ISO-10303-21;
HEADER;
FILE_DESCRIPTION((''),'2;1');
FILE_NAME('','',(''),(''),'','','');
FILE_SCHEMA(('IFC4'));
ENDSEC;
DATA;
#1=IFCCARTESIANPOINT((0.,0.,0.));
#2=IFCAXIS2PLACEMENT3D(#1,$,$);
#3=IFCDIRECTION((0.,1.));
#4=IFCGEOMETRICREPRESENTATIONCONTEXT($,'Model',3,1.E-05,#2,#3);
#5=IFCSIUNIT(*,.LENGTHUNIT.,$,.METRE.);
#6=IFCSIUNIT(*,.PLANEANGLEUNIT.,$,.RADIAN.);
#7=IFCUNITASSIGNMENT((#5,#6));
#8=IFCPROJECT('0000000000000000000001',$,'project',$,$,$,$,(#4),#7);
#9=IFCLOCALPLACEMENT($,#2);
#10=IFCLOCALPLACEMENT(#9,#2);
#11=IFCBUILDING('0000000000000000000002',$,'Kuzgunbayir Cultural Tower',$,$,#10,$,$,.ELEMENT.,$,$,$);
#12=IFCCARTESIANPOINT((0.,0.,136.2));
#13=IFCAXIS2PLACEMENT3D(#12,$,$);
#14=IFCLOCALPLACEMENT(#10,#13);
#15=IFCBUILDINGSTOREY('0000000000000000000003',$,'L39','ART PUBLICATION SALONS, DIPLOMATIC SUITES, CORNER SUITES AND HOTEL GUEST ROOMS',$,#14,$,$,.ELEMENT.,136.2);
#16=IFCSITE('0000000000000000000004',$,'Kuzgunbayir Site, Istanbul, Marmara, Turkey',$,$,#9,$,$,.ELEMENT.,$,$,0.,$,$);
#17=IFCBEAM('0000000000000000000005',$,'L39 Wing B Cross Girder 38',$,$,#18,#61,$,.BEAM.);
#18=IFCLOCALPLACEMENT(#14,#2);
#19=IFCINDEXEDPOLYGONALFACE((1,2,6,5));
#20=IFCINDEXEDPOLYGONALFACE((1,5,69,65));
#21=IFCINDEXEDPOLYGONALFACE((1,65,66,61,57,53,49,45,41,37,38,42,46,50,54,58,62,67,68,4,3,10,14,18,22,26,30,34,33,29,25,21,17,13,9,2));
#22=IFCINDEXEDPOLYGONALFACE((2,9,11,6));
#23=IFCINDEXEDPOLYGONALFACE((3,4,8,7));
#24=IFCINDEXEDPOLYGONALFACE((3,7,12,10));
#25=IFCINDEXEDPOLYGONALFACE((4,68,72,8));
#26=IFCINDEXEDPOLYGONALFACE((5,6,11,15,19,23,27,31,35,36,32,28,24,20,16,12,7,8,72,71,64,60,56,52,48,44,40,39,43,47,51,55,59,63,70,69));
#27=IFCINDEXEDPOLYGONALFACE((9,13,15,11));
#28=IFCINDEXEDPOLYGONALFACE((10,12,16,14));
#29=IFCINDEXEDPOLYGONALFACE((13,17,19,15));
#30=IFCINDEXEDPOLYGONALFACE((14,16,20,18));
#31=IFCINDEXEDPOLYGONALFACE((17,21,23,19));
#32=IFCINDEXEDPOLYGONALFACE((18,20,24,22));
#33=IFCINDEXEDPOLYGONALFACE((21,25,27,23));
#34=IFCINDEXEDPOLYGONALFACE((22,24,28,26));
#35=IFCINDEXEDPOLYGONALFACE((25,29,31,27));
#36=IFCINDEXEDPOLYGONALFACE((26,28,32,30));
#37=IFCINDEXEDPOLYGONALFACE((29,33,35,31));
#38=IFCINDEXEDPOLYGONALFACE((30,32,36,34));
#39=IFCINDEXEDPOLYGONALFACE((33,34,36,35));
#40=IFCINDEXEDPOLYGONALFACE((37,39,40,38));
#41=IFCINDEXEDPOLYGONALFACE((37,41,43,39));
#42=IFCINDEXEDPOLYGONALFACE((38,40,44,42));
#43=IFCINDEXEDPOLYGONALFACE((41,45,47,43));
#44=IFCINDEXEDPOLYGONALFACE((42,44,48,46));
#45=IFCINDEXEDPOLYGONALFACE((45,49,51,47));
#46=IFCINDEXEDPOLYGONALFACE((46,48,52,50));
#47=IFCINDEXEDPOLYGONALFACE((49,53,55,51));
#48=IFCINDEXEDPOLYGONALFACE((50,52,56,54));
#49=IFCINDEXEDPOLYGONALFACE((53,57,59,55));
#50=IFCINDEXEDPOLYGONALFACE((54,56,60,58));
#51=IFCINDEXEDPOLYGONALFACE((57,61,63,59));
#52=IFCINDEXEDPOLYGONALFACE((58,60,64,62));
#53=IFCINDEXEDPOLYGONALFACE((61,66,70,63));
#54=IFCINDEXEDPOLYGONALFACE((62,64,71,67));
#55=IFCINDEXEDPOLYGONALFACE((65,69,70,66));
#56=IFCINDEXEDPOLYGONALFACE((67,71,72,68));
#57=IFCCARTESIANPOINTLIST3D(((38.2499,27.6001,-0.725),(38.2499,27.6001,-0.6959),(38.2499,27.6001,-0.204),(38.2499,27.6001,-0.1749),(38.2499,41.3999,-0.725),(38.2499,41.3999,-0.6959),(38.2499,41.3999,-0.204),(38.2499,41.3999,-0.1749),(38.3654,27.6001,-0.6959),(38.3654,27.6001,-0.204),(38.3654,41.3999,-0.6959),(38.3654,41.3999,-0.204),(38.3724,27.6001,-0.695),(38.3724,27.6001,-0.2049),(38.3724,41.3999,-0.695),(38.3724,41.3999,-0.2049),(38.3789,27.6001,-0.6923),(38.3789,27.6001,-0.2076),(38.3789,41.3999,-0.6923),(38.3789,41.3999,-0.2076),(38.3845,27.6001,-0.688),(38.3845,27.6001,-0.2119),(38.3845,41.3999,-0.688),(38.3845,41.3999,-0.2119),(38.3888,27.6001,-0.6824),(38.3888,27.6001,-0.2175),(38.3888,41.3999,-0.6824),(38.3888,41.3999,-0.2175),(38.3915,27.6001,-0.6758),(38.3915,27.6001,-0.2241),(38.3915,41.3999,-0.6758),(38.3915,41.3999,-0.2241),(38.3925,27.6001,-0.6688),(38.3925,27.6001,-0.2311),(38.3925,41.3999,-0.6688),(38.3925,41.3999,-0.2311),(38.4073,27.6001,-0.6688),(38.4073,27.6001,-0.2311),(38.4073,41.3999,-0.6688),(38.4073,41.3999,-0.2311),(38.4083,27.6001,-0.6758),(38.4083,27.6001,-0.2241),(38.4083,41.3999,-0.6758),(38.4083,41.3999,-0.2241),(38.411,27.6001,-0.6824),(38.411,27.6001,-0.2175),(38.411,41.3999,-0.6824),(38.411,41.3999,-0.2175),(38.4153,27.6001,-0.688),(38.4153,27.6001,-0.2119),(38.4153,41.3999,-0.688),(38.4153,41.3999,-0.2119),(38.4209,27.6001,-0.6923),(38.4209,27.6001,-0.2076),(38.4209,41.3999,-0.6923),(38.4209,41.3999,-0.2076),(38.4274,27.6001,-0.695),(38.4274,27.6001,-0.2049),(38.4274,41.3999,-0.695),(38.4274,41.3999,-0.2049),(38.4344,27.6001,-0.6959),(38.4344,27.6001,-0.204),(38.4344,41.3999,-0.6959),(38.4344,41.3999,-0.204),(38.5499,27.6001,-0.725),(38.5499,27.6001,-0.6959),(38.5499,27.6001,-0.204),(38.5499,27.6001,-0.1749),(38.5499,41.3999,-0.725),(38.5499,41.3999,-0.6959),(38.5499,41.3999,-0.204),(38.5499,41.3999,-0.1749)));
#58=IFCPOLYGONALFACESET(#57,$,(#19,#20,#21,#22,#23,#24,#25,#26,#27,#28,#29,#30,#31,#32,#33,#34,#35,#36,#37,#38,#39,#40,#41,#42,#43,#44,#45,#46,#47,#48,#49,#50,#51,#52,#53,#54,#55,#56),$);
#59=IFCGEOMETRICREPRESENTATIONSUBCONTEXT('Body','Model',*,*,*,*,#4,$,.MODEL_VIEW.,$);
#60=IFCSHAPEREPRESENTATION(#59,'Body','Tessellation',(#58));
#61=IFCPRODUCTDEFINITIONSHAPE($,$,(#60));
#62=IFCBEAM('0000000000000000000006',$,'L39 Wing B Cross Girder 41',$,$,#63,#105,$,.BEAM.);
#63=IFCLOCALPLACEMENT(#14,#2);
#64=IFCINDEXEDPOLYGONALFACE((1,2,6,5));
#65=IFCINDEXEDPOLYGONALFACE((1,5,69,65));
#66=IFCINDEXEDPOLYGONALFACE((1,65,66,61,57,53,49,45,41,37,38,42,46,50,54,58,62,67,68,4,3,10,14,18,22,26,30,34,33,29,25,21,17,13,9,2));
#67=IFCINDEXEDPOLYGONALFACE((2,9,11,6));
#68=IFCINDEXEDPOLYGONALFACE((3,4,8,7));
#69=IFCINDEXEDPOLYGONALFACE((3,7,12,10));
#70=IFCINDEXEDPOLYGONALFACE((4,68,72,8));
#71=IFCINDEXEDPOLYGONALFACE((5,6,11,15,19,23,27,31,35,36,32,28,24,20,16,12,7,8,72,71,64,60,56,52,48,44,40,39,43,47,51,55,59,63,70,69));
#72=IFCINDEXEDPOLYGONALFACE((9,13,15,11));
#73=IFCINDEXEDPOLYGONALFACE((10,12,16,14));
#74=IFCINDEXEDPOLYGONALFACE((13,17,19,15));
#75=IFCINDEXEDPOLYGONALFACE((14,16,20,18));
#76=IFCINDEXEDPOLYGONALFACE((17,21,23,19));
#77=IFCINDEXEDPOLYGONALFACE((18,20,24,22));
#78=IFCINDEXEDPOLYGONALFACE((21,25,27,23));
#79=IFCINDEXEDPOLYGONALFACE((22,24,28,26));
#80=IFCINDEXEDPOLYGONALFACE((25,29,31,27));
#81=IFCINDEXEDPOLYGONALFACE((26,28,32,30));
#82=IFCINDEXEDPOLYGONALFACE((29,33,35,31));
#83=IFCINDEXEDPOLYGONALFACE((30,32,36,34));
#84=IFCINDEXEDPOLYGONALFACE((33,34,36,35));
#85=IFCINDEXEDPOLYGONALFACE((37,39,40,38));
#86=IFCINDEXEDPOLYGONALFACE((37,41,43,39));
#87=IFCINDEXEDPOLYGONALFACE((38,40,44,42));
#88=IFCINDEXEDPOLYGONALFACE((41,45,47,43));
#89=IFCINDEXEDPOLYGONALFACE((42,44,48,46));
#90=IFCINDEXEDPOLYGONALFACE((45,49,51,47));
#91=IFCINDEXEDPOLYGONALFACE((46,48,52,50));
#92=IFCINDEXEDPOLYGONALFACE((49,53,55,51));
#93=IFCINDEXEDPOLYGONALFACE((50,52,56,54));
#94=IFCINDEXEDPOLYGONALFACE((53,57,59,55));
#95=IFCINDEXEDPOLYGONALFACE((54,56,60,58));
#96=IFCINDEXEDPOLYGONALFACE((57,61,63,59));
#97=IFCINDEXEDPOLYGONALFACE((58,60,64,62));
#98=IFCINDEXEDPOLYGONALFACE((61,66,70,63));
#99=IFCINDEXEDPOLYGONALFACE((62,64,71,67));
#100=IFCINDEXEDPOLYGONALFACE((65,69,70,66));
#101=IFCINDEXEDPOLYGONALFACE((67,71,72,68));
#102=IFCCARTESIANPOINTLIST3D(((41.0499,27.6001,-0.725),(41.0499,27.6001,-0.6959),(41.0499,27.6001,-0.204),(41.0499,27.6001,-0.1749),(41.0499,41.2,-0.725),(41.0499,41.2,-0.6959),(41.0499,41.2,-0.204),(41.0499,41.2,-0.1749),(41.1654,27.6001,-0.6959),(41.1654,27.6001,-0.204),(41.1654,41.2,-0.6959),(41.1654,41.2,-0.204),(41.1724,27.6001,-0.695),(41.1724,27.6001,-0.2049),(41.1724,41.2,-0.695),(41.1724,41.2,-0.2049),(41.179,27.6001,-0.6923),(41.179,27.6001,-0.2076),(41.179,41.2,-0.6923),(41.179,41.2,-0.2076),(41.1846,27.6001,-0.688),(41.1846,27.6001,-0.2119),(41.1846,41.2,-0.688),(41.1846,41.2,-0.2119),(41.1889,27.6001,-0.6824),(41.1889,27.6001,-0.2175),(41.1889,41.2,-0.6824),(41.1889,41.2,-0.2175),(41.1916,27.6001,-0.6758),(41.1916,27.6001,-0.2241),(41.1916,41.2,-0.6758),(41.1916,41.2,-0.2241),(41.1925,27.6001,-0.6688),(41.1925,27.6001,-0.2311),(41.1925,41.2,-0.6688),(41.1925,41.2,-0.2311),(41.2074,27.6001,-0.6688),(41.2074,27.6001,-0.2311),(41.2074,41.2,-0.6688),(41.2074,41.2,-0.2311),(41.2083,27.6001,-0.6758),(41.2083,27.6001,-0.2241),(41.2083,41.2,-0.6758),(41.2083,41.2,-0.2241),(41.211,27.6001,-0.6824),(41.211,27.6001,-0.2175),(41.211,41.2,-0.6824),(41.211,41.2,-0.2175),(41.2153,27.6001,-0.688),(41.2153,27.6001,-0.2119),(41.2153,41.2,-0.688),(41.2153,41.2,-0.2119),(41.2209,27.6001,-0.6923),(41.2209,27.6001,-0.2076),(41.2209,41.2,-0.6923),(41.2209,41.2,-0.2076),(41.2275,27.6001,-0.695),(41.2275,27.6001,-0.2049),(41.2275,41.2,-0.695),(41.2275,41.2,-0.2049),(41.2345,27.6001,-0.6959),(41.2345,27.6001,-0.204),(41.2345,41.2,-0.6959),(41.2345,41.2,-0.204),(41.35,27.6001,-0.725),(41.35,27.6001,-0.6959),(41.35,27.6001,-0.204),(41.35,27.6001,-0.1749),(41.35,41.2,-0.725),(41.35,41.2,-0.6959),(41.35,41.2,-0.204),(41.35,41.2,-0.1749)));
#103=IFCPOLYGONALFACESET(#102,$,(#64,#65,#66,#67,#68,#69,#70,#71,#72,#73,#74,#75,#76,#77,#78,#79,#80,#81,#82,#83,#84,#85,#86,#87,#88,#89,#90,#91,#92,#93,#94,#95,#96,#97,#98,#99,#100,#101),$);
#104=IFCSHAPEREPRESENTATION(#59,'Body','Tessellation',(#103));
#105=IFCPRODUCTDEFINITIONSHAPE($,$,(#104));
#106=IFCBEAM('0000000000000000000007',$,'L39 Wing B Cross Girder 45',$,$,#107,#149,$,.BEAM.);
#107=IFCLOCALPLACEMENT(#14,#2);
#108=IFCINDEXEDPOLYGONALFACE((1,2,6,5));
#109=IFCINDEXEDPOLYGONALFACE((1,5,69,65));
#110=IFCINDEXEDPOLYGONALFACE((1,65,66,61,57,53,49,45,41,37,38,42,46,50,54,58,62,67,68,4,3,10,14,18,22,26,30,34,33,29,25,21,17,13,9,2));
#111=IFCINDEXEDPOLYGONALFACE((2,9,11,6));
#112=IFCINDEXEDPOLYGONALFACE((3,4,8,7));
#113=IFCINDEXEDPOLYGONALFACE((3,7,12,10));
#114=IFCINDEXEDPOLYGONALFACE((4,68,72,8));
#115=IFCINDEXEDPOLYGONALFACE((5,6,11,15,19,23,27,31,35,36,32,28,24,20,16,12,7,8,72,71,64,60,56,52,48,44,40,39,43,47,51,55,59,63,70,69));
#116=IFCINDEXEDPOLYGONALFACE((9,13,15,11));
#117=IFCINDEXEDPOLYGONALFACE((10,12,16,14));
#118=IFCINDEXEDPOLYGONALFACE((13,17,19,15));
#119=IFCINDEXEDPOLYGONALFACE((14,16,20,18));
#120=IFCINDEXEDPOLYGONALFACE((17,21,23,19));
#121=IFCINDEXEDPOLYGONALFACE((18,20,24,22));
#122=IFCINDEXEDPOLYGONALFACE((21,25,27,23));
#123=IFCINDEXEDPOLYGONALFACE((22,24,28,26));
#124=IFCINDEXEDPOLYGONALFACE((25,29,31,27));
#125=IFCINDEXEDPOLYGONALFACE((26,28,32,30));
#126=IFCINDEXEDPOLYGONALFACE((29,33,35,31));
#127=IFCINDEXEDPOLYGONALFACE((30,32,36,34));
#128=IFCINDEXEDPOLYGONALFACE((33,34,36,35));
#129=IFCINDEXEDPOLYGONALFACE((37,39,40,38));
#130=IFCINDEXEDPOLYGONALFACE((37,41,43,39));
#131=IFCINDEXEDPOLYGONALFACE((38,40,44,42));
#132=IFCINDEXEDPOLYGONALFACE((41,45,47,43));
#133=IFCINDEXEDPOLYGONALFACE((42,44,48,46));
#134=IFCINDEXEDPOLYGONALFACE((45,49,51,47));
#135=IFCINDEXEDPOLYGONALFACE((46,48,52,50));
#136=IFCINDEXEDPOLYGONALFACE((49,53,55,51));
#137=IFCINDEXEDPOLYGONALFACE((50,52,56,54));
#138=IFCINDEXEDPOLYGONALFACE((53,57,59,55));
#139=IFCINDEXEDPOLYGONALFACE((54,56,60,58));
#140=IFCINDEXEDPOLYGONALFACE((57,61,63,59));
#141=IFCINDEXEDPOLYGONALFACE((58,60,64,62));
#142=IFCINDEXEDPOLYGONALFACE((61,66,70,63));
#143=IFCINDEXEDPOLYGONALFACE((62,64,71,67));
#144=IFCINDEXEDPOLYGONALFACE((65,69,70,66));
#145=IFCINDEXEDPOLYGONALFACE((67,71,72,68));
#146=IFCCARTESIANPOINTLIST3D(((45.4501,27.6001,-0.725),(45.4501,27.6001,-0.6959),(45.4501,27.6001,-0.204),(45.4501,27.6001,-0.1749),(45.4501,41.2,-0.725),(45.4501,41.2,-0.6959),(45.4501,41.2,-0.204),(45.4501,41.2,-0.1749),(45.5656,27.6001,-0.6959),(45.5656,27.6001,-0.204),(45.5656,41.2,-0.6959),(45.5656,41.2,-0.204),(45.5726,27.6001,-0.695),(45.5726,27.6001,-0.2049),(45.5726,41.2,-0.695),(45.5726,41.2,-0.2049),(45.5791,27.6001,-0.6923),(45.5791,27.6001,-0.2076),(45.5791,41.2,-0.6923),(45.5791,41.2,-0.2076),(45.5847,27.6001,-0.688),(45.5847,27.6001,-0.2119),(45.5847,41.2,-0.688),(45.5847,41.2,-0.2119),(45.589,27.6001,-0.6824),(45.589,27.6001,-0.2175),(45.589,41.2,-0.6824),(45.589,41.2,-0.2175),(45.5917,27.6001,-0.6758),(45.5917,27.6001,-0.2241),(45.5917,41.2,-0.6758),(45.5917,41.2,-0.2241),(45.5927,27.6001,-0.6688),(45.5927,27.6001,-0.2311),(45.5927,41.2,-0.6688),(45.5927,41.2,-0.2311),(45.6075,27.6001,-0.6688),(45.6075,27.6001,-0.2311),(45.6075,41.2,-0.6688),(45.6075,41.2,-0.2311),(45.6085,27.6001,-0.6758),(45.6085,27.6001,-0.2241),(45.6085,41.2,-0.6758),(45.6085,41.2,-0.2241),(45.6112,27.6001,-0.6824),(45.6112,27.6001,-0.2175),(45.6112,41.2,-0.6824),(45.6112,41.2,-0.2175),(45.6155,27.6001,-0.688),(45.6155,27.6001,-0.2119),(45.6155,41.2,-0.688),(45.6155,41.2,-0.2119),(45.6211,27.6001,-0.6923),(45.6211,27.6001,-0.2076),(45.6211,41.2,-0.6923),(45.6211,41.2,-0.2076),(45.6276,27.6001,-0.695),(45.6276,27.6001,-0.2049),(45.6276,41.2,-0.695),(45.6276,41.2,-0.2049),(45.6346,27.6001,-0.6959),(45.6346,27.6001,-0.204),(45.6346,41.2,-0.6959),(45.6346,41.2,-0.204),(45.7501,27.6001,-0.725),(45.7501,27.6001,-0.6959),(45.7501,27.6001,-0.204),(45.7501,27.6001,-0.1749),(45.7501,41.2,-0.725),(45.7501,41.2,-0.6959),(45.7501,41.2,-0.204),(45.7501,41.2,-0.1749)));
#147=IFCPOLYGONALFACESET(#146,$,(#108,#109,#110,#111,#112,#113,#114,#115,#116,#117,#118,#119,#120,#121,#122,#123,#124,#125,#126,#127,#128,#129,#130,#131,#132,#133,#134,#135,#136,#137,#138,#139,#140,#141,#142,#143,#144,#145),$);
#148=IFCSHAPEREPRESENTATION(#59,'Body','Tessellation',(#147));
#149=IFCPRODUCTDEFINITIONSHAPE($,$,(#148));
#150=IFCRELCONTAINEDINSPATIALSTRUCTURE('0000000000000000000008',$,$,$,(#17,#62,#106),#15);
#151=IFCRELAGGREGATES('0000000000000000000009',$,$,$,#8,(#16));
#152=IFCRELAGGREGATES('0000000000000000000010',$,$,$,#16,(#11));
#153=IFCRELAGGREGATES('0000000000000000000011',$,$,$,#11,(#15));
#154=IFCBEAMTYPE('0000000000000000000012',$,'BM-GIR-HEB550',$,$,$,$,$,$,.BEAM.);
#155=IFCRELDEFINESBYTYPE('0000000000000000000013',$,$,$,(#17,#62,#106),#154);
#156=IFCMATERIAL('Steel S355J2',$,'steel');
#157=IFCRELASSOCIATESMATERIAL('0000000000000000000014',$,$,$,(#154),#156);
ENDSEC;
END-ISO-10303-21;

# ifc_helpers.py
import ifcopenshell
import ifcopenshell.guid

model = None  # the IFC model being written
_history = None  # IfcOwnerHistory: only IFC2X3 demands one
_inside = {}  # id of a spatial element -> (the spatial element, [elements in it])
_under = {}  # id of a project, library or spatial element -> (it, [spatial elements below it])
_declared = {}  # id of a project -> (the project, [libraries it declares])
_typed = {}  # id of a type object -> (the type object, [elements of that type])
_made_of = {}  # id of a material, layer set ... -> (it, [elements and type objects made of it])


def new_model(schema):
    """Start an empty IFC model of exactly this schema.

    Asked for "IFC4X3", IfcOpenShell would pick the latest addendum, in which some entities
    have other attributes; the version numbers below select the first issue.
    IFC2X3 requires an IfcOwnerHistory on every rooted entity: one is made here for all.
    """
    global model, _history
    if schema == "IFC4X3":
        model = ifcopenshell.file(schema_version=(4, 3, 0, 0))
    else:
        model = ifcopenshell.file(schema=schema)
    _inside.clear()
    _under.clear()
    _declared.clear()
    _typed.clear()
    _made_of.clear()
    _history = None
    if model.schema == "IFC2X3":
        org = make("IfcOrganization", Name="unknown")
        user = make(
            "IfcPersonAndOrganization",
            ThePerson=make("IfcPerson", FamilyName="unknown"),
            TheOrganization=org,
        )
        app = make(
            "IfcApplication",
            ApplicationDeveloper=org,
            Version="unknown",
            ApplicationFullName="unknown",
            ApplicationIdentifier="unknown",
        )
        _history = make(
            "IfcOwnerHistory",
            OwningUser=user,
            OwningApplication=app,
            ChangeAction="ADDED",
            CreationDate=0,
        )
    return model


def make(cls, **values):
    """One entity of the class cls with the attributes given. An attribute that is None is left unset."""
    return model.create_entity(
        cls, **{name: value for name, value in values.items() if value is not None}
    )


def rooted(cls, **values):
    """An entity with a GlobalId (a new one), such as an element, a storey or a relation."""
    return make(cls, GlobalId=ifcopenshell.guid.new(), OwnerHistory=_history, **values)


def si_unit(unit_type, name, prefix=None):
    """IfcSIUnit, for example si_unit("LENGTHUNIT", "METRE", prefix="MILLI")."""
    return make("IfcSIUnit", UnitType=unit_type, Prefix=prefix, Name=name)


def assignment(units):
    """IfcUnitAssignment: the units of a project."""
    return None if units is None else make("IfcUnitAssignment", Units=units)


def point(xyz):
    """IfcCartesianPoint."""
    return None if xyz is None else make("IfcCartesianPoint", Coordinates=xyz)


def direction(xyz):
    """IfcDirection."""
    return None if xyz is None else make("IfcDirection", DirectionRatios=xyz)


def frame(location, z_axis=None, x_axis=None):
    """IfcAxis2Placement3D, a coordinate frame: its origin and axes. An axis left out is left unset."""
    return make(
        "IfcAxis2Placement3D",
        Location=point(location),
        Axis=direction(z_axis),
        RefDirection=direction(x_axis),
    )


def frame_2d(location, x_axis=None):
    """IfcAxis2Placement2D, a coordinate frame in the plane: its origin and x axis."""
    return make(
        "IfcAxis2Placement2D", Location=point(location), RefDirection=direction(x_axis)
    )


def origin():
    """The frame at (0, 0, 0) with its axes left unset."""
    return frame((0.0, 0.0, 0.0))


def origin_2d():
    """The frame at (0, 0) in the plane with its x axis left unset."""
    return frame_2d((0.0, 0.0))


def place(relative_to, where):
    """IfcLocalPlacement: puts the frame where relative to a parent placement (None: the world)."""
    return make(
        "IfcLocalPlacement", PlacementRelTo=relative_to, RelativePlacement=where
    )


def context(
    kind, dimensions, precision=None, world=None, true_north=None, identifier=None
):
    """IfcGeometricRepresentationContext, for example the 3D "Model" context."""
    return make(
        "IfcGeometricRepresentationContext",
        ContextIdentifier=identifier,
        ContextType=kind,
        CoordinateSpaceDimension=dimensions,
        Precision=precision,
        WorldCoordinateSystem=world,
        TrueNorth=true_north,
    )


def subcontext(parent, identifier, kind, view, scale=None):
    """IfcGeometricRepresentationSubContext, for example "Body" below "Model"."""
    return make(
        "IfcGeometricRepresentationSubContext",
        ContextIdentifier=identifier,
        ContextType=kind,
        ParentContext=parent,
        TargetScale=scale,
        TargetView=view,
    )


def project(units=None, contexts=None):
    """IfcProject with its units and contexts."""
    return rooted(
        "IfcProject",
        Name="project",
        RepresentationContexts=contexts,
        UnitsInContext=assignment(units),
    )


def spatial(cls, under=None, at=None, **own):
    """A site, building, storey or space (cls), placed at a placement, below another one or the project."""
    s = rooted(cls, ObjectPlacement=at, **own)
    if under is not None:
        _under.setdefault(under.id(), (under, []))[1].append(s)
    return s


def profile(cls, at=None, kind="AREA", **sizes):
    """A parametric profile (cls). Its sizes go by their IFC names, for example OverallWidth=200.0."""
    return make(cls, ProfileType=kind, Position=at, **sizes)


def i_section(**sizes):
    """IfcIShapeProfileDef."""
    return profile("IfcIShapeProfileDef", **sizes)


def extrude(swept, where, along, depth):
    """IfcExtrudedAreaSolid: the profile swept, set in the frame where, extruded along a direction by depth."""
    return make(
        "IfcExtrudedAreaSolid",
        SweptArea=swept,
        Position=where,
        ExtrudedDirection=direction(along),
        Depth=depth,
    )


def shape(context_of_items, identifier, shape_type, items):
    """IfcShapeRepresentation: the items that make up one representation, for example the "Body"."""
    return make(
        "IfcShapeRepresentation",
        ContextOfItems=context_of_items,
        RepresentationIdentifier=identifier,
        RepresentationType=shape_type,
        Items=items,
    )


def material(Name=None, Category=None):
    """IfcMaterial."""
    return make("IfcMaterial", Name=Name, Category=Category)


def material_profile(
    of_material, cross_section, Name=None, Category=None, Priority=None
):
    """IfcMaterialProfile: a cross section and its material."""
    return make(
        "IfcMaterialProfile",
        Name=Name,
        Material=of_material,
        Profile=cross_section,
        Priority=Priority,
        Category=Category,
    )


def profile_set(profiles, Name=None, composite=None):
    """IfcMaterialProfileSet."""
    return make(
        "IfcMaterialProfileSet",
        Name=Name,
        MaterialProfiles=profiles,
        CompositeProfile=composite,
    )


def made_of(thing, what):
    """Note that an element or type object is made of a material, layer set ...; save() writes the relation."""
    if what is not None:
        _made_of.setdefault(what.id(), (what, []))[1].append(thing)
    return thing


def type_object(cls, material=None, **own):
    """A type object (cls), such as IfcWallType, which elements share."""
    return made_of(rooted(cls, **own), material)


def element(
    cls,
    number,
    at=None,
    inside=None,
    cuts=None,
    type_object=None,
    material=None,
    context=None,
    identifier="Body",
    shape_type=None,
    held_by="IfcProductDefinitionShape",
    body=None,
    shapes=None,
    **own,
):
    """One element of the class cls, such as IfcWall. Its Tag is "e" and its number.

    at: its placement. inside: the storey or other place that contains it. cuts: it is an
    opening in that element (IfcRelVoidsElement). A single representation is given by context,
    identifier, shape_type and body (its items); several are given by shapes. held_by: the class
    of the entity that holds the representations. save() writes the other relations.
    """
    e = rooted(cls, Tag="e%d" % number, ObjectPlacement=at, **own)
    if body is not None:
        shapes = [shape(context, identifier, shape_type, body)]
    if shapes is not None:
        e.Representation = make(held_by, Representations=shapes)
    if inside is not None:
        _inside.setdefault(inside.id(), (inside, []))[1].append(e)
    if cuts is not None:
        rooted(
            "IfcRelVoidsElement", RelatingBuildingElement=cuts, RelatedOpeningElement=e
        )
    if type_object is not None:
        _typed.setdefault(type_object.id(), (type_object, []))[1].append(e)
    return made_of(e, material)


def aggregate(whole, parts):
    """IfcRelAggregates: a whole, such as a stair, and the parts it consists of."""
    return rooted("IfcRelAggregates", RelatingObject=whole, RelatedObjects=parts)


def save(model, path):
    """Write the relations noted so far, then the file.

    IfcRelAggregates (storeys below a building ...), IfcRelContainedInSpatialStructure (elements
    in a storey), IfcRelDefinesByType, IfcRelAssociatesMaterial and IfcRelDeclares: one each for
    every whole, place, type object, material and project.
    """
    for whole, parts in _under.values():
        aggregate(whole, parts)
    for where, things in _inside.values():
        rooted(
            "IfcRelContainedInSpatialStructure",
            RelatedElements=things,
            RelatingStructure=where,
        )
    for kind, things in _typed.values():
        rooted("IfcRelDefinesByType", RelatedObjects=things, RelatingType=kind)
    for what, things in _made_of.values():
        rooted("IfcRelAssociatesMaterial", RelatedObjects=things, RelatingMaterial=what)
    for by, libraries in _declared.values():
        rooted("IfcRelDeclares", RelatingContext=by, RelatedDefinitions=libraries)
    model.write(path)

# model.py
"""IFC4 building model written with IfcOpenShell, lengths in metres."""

from ifc_helpers import new_model, si_unit, direction, frame, origin, origin_2d, place, context, subcontext, project, spatial, i_section, extrude, material, material_profile, profile_set, type_object, element, save


model = new_model("IFC4")

# Units and contexts
model_context = context("Model", 3, precision=1e-05, world=origin(), true_north=direction((0.0, 1.0)))
body_context = subcontext(model_context, "Body", "Model", "MODEL_VIEW")
ifc_project = project(units=[si_unit("LENGTHUNIT", "METRE"), si_unit("PLANEANGLEUNIT", "RADIAN")], contexts=[model_context])

# Site, building, storey
site_placement = place(None, origin())
site = spatial("IfcSite", under=ifc_project, at=site_placement, Name="Kuzgunbayir Site, Istanbul, Marmara, Turkey", CompositionType="ELEMENT", RefElevation=0.0)
building_placement = place(site_placement, origin())
building = spatial("IfcBuilding", under=site, at=building_placement, Name="Kuzgunbayir Cultural Tower", CompositionType="ELEMENT")
storey_placement = place(building_placement, frame((0.0, 0.0, 136.2)))
storey = spatial("IfcBuildingStorey", under=building, at=storey_placement, Name="L39", Description="ART PUBLICATION SALONS, DIPLOMATIC SUITES, CORNER SUITES AND HOTEL GUEST ROOMS", CompositionType="ELEMENT", Elevation=136.2)

# Beams
ifc_material_1 = material(Name="Steel S355J2", Category="steel")
ifc_material_profile_1 = material_profile(ifc_material_1, i_section(OverallWidth=0.3, OverallDepth=0.55, WebThickness=0.0149, FlangeThickness=0.0291, FilletRadius=0.0271, at=origin_2d()), Name="HEB 550")
ifc_profile_set_1 = profile_set([ifc_material_profile_1], Name="Steel S355J2")
beam_type_1 = type_object("IfcBeamType", Name="BM-GIR-HEB550", PredefinedType="BEAM", material=ifc_profile_set_1)
beam_1_placement = place(storey_placement, frame((38.3999, 27.6001, -0.45), z_axis=(0.0, 1.0, 0.0), x_axis=(-1.0, 0.0, 0.0)))
element("IfcBeam", 1, at=beam_1_placement, inside=storey, type_object=beam_type_1, Name="L39 Wing B Cross Girder 38", PredefinedType="BEAM", context=body_context, shape_type="SweptSolid", body=[
    extrude(i_section(OverallWidth=0.3, OverallDepth=0.55, WebThickness=0.0149, FlangeThickness=0.0291, FilletRadius=0.0271, at=origin_2d()), origin(), (0.0, 0.0, 1.0), 13.7998),
])
for number, where, z_axis, x_axis, name in (
    (2, (41.2, 27.6001, -0.45), (0.0, 1.0, 0.0), (-1.0, 0.0, 0.0), "L39 Wing B Cross Girder 41"),
    (3, (45.6001, 27.6001, -0.45), (0.0, 1.0, 0.0), (-1.0, 0.0, 0.0), "L39 Wing B Cross Girder 45"),
):
    element("IfcBeam", number, at=place(storey_placement, frame(where, z_axis=z_axis, x_axis=x_axis)), inside=storey, type_object=beam_type_1, Name=name, PredefinedType="BEAM", context=body_context, shape_type="SweptSolid", body=[
        extrude(i_section(OverallWidth=0.3, OverallDepth=0.55, WebThickness=0.0149, FlangeThickness=0.0291, FilletRadius=0.0271, at=origin_2d()), origin(), (0.0, 0.0, 1.0), 13.5999),
    ])

save(model, "model.ifc")
